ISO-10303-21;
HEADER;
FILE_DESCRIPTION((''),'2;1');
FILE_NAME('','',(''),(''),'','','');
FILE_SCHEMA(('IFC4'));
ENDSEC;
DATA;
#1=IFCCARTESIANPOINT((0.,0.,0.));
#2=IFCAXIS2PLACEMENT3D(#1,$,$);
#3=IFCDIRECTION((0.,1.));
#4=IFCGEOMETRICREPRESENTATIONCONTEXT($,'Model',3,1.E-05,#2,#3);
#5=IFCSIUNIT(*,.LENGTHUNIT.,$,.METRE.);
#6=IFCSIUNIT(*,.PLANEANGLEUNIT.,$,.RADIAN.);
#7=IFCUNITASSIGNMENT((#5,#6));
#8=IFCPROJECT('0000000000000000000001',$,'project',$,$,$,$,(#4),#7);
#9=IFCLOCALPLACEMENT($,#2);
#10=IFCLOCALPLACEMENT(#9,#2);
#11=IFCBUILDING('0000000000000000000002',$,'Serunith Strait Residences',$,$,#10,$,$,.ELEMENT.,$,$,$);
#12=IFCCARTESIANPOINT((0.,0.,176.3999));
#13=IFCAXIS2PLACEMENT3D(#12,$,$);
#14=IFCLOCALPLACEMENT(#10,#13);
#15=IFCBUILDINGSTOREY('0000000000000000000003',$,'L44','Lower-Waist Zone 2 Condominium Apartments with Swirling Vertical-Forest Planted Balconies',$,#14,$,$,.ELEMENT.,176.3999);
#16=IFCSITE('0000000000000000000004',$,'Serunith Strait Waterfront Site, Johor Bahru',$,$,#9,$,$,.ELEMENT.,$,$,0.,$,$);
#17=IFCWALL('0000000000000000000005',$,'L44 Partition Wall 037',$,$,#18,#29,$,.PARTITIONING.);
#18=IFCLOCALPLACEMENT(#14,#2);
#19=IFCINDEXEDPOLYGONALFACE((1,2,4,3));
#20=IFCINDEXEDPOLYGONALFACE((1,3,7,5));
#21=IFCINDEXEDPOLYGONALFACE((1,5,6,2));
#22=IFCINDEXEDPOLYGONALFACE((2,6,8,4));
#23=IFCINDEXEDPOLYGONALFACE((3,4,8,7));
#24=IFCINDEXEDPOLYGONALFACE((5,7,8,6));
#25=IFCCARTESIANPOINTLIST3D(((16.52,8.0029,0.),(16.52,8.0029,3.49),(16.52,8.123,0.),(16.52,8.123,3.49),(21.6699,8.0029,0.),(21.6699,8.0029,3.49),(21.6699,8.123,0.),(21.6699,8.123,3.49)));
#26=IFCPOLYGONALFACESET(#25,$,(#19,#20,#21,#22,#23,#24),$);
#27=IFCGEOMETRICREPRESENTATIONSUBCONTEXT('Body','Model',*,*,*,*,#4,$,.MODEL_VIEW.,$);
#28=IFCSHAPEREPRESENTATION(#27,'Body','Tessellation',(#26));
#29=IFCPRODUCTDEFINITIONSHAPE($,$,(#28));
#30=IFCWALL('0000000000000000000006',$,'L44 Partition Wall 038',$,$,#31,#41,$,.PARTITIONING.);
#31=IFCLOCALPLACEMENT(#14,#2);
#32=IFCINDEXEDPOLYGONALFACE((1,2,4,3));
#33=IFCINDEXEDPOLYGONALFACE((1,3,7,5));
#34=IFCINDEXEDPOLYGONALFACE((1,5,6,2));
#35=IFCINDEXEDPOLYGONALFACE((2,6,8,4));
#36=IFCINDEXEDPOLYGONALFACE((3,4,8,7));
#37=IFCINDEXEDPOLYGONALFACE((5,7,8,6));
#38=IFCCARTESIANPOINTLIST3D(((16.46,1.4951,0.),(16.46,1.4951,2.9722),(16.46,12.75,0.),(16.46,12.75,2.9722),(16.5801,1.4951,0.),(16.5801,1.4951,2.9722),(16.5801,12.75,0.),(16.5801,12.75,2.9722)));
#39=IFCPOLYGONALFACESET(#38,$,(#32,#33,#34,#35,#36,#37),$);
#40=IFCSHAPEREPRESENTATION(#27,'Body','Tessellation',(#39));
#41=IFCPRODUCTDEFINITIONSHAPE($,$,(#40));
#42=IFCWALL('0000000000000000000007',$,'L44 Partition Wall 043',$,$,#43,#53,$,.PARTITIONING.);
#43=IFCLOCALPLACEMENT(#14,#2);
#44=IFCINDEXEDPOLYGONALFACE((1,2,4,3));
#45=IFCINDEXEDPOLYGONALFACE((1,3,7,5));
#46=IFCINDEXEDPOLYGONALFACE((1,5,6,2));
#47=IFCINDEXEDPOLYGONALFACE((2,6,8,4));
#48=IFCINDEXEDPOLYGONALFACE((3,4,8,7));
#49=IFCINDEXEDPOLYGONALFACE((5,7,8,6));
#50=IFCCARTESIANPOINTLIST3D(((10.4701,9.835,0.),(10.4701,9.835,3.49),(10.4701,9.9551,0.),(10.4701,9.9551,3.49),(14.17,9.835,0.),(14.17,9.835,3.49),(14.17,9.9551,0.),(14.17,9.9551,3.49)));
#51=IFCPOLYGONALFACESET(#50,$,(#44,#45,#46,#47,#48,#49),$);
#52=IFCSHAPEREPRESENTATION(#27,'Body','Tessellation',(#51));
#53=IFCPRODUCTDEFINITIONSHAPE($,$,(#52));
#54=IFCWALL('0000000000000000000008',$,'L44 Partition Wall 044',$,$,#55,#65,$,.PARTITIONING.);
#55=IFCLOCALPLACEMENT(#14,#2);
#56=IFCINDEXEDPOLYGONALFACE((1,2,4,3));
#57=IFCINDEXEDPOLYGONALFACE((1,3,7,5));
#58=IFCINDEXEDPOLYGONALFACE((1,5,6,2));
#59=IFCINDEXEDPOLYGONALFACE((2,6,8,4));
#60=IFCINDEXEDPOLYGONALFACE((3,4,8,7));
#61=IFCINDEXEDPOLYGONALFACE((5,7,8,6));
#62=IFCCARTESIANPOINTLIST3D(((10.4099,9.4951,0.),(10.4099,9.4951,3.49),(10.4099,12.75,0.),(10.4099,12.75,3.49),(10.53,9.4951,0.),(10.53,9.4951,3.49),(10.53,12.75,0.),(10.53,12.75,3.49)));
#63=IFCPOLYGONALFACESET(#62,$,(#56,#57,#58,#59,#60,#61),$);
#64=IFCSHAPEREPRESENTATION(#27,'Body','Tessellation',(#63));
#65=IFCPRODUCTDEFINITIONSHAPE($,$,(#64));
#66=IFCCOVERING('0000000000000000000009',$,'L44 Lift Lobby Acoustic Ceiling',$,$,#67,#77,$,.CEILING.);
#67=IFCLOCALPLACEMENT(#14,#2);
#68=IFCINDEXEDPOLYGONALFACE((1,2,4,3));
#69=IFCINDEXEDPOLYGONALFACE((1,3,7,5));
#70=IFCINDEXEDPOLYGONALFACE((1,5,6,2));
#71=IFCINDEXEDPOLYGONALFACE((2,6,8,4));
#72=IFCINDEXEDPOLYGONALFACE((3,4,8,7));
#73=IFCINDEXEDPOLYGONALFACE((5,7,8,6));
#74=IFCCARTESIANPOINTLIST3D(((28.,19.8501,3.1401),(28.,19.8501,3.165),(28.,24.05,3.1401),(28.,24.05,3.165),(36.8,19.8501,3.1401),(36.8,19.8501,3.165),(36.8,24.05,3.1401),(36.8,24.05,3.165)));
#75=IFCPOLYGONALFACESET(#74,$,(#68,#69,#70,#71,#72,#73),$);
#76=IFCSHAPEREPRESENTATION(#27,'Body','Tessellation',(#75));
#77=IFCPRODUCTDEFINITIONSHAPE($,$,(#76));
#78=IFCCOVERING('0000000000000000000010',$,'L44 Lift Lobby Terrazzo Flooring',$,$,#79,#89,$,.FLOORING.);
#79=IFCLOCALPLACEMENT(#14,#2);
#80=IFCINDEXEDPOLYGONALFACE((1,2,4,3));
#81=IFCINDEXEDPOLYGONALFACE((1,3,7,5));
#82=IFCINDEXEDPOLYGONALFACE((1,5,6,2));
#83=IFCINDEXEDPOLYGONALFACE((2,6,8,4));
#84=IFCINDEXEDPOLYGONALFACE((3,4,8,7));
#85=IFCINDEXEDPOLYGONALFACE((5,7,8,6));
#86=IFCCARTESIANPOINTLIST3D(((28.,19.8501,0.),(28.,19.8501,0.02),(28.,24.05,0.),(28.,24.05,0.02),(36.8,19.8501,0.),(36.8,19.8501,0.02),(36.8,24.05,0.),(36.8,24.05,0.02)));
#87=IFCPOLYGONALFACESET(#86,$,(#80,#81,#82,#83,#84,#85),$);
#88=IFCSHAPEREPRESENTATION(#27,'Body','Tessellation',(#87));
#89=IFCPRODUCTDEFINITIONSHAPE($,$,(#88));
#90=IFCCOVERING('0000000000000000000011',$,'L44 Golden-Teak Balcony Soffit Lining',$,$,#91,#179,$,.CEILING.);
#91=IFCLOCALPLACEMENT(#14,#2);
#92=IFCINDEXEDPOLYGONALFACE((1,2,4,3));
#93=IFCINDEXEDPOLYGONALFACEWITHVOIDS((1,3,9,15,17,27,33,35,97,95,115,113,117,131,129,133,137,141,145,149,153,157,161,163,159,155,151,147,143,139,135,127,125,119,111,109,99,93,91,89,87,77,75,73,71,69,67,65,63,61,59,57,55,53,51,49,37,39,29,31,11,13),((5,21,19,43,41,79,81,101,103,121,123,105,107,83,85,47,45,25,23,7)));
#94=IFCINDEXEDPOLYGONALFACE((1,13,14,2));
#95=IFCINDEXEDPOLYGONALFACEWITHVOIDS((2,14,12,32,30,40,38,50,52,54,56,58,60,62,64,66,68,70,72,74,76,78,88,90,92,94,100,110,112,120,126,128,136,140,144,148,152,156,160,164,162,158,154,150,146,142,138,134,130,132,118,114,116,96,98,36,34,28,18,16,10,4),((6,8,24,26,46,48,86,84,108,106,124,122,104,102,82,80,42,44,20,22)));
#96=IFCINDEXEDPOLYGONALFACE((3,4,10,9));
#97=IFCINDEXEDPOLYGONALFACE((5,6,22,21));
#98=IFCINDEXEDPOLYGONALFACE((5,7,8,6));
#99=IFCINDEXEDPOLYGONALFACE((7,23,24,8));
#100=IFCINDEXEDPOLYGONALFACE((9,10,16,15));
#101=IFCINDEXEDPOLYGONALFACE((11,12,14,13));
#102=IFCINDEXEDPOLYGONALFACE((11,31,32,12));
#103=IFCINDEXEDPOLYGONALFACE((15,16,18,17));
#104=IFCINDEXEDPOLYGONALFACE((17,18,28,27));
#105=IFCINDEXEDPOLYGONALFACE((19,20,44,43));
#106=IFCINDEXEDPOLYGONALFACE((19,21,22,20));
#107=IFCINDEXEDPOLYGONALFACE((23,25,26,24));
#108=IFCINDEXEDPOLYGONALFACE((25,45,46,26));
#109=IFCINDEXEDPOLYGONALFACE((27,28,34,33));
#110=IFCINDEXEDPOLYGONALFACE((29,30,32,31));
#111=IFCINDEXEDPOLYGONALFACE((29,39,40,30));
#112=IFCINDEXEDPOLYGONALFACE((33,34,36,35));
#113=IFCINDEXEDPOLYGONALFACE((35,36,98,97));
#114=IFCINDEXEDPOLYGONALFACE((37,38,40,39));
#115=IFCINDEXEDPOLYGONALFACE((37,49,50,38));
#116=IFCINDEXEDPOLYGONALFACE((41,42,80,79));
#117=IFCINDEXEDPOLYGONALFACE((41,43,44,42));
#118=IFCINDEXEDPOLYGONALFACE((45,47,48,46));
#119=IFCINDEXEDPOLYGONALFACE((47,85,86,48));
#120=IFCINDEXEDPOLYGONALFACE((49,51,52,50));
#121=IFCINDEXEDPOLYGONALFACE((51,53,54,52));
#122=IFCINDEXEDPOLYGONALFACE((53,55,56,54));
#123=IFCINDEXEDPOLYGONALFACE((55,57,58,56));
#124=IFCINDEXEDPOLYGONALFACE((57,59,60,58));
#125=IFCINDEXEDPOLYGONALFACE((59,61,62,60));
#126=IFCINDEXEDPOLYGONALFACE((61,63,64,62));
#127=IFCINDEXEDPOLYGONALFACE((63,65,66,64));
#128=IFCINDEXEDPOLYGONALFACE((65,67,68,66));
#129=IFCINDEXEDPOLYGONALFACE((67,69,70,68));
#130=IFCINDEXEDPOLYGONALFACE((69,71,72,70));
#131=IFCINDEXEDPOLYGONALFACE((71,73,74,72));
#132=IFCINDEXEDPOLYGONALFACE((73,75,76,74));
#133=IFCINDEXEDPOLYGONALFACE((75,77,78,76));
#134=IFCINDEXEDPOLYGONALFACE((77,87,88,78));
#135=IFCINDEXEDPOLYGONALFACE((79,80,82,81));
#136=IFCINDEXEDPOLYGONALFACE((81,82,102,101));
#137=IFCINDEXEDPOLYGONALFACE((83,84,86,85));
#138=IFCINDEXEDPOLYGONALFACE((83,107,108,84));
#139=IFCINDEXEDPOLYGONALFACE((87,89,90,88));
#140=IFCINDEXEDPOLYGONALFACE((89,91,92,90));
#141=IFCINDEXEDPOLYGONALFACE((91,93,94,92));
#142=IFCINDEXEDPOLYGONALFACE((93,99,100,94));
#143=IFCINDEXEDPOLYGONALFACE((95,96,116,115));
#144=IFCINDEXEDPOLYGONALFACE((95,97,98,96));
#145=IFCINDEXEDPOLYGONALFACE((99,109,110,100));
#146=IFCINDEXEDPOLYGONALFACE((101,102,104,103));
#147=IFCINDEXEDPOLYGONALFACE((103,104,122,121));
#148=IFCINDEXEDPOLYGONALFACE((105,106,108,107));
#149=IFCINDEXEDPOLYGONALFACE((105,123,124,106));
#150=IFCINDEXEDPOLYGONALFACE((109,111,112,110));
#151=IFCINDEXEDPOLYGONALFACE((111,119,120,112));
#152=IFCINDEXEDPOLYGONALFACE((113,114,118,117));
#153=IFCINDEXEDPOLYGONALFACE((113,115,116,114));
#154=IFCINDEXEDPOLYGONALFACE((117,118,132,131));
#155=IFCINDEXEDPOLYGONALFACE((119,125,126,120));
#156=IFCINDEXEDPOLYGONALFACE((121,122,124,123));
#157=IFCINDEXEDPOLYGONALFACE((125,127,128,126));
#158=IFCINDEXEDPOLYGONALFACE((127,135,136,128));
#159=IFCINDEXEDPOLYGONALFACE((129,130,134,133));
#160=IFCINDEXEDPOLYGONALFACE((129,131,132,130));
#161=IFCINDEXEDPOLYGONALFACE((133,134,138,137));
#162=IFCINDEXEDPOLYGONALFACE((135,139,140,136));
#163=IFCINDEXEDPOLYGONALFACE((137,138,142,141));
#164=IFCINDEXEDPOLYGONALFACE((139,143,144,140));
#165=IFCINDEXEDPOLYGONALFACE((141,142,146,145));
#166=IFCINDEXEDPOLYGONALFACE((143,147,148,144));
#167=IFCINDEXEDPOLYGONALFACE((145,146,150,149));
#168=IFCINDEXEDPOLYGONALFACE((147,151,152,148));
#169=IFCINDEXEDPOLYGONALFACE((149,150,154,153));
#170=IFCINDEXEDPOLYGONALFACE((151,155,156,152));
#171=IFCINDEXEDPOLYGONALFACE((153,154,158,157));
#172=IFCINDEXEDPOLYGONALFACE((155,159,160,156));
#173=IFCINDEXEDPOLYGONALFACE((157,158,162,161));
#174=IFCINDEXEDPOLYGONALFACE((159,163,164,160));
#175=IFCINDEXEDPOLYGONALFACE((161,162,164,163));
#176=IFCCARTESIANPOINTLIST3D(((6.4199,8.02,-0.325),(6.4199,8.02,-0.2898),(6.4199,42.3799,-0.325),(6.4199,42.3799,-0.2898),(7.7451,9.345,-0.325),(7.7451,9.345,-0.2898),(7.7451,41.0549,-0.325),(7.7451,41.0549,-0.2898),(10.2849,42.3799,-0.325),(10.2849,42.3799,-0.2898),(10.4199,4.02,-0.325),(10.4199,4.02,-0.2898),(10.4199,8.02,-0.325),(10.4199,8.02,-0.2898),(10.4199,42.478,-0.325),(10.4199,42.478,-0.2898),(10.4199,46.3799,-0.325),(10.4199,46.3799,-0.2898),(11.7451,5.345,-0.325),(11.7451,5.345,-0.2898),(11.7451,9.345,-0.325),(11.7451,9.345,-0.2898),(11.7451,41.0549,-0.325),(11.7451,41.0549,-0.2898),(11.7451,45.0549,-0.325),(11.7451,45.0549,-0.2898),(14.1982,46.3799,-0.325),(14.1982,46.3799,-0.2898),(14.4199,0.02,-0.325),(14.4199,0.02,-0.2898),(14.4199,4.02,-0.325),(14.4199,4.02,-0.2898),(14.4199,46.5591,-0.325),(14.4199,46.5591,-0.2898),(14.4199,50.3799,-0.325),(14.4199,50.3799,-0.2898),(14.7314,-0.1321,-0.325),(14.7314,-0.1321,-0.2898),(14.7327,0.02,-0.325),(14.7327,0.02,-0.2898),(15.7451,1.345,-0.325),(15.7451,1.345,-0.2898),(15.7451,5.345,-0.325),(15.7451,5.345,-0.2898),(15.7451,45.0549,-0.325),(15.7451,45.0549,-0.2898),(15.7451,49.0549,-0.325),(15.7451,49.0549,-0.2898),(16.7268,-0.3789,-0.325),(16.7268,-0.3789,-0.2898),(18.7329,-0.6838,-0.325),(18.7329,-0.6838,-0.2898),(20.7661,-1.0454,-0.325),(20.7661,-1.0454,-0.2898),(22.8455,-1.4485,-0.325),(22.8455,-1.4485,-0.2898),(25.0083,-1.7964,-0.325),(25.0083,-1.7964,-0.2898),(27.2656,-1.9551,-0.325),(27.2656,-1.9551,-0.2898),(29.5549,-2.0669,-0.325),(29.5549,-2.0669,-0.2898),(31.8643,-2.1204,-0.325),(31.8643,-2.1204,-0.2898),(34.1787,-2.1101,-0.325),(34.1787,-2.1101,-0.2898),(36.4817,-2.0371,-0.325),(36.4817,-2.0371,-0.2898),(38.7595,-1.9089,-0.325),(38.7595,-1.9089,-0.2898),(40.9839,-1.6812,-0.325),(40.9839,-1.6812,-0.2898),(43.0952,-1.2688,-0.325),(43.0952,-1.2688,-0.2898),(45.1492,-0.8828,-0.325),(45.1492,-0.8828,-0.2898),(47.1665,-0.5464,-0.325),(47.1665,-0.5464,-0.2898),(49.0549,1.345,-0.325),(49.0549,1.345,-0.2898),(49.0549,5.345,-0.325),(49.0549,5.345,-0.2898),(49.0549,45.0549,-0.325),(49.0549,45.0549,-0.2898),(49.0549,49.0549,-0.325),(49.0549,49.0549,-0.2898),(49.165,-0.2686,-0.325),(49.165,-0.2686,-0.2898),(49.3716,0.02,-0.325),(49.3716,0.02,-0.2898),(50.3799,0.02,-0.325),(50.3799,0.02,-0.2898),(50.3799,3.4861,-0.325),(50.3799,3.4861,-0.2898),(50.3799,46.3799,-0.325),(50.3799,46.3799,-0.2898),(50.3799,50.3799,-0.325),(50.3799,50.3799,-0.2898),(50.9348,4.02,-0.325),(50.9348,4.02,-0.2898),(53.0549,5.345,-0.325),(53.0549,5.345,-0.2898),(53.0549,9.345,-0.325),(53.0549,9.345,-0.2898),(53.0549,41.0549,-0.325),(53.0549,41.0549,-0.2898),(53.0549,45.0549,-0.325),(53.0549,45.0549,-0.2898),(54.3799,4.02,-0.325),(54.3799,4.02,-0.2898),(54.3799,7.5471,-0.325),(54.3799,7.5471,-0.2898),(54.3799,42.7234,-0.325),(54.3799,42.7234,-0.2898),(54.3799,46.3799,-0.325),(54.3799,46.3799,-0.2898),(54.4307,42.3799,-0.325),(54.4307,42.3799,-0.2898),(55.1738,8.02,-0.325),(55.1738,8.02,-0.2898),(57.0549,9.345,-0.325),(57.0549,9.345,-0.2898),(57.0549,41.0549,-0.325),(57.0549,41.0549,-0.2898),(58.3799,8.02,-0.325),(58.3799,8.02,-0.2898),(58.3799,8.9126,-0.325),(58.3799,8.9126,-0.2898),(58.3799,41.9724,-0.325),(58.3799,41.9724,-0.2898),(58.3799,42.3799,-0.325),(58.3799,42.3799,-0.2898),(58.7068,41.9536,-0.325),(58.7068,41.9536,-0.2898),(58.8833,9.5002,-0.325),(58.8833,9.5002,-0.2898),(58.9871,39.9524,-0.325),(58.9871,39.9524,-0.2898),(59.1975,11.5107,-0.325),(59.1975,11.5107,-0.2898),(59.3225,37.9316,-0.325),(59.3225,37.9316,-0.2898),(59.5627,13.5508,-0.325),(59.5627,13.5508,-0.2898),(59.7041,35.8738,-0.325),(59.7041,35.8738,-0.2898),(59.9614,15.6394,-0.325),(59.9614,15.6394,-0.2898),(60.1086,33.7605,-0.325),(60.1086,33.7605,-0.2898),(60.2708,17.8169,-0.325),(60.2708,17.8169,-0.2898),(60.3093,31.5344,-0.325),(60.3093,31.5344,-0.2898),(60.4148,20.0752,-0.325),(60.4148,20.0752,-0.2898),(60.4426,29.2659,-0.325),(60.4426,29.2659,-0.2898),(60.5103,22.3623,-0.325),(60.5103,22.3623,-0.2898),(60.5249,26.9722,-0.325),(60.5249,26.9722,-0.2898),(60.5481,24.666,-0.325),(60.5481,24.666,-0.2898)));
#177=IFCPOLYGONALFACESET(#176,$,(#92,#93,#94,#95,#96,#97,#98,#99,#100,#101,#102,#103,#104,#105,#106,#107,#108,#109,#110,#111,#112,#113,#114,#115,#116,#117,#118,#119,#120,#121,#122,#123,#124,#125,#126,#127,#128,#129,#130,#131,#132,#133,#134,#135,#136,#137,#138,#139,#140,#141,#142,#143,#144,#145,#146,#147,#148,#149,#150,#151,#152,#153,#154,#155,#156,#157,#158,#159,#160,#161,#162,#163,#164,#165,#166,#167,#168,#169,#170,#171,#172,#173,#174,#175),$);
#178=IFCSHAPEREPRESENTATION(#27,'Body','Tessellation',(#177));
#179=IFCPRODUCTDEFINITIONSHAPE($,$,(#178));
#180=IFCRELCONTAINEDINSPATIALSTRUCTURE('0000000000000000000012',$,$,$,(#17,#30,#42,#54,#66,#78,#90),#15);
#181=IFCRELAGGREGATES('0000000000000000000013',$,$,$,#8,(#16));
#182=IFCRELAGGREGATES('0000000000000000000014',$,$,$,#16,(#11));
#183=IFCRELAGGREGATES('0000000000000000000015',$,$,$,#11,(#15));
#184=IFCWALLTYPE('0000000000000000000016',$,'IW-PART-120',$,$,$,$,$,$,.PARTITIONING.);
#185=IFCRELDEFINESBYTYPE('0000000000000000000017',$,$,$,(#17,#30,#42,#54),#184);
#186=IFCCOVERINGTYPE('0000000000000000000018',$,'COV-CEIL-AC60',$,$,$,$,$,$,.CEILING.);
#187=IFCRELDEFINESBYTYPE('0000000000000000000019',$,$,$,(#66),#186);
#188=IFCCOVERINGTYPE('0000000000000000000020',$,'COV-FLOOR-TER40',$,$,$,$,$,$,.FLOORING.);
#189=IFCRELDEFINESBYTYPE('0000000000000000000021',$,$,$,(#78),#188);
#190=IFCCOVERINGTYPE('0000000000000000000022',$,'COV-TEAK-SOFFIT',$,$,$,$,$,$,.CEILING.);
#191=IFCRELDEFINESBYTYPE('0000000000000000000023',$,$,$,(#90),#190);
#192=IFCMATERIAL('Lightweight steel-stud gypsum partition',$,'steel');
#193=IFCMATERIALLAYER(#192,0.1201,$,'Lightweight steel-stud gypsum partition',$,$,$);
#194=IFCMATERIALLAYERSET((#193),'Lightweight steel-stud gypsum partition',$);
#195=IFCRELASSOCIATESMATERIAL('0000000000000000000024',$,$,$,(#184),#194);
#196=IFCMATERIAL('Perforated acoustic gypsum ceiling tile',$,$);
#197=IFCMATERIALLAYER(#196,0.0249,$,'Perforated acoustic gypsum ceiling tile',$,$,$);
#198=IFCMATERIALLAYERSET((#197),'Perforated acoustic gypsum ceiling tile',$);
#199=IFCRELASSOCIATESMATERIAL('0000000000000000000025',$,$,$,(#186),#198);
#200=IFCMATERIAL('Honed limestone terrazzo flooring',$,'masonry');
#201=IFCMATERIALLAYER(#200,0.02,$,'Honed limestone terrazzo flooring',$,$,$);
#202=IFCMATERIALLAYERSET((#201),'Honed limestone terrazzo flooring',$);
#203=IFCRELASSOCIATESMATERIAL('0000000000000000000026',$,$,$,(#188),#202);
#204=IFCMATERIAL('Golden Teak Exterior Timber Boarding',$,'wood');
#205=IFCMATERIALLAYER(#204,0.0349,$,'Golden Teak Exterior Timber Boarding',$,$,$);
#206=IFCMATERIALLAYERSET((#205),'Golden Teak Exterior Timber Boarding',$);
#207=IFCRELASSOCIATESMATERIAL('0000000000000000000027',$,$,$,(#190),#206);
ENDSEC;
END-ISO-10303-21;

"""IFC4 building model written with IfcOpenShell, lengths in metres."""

from ifc_helpers import new_model, si_unit, direction, frame, frame_2d, origin, place, context, subcontext, project, spatial, polyline, rectangle, outline, extrude, material, layer, layer_set, type_object, element, save


model = new_model("IFC4")

# Units and contexts
model_context = context("Model", 3, precision=1e-05, world=origin(), true_north=direction((0.0, 1.0)))
body_context = subcontext(model_context, "Body", "Model", "MODEL_VIEW")
ifc_project = project(units=[si_unit("LENGTHUNIT", "METRE"), si_unit("PLANEANGLEUNIT", "RADIAN")], contexts=[model_context])

# Site, building, storey
site_placement = place(None, origin())
site = spatial("IfcSite", under=ifc_project, at=site_placement, Name="Serunith Strait Waterfront Site, Johor Bahru", CompositionType="ELEMENT", RefElevation=0.0)
building_placement = place(site_placement, origin())
building = spatial("IfcBuilding", under=site, at=building_placement, Name="Serunith Strait Residences", CompositionType="ELEMENT")
storey_placement = place(building_placement, frame((0.0, 0.0, 176.3999)))
storey = spatial("IfcBuildingStorey", under=building, at=storey_placement, Name="L44", Description="Lower-Waist Zone 2 Condominium Apartments with Swirling Vertical-Forest Planted Balconies", CompositionType="ELEMENT", Elevation=176.3999)

# Walls
ifc_material_1 = material(Name="Lightweight steel-stud gypsum partition", Category="steel")
ifc_layer_1 = layer(ifc_material_1, 0.1201, Name="Lightweight steel-stud gypsum partition")
ifc_layer_set_1 = layer_set([ifc_layer_1], Name="Lightweight steel-stud gypsum partition")
wall_type_1 = type_object("IfcWallType", Name="IW-PART-120", PredefinedType="PARTITIONING", material=ifc_layer_set_1)
wall_1_placement = place(storey_placement, frame((16.52, 8.063, 0.0), z_axis=(0.0, 0.0, 1.0), x_axis=(1.0, 0.0, 0.0)))
element("IfcWall", 1, at=wall_1_placement, inside=storey, type_object=wall_type_1, Name="L44 Partition Wall 037", PredefinedType="PARTITIONING", context=body_context, shape_type="SweptSolid", body=[
    extrude(rectangle(XDim=5.1499, YDim=0.1201, at=frame_2d((2.575, 0.0))), origin(), (0.0, 0.0, 1.0), 3.49),
])
wall_2_placement = place(storey_placement, frame((16.52, 1.4951, 0.0), z_axis=(0.0, 0.0, 1.0), x_axis=(0.0, 1.0, 0.0)))
element("IfcWall", 2, at=wall_2_placement, inside=storey, type_object=wall_type_1, Name="L44 Partition Wall 038", PredefinedType="PARTITIONING", context=body_context, shape_type="SweptSolid", body=[
    extrude(rectangle(XDim=11.2549, YDim=0.1201, at=frame_2d((5.6274, 0.0))), origin(), (0.0, 0.0, 1.0), 2.9722),
])
wall_3_placement = place(storey_placement, frame((10.47, 9.895, 0.0), z_axis=(0.0, 0.0, 1.0), x_axis=(1.0, 0.0, 0.0)))
element("IfcWall", 3, at=wall_3_placement, inside=storey, type_object=wall_type_1, Name="L44 Partition Wall 043", PredefinedType="PARTITIONING", context=body_context, shape_type="SweptSolid", body=[
    extrude(rectangle(XDim=3.7, YDim=0.1201, at=frame_2d((1.8501, 0.0))), origin(), (0.0, 0.0, 1.0), 3.49),
])
wall_4_placement = place(storey_placement, frame((10.47, 9.4951, 0.0), z_axis=(0.0, 0.0, 1.0), x_axis=(0.0, 1.0, 0.0)))
element("IfcWall", 4, at=wall_4_placement, inside=storey, type_object=wall_type_1, Name="L44 Partition Wall 044", PredefinedType="PARTITIONING", context=body_context, shape_type="SweptSolid", body=[
    extrude(rectangle(XDim=3.2549, YDim=0.1201, at=frame_2d((1.6274, 0.0))), origin(), (0.0, 0.0, 1.0), 3.49),
])

# Coverings
ifc_material_2 = material(Name="Perforated acoustic gypsum ceiling tile")
ifc_layer_2 = layer(ifc_material_2, 0.0249, Name="Perforated acoustic gypsum ceiling tile")
ifc_layer_set_2 = layer_set([ifc_layer_2], Name="Perforated acoustic gypsum ceiling tile")
covering_type_1 = type_object("IfcCoveringType", Name="COV-CEIL-AC60", PredefinedType="CEILING", material=ifc_layer_set_2)
covering_1_placement = place(storey_placement, frame((0.0, 0.0, 3.1401)))
element("IfcCovering", 5, at=covering_1_placement, inside=storey, type_object=covering_type_1, Name="L44 Lift Lobby Acoustic Ceiling", PredefinedType="CEILING", context=body_context, shape_type="SweptSolid", body=[
    extrude(outline(polyline([(28.0, 19.8501), (36.8, 19.8501), (36.8, 24.05), (28.0, 24.05), (28.0, 19.8501)])), origin(), (0.0, 0.0, 1.0), 0.0249),
])
ifc_material_3 = material(Name="Honed limestone terrazzo flooring", Category="masonry")
ifc_layer_3 = layer(ifc_material_3, 0.02, Name="Honed limestone terrazzo flooring")
ifc_layer_set_3 = layer_set([ifc_layer_3], Name="Honed limestone terrazzo flooring")
covering_type_2 = type_object("IfcCoveringType", Name="COV-FLOOR-TER40", PredefinedType="FLOORING", material=ifc_layer_set_3)
covering_2_placement = place(storey_placement, origin())
element("IfcCovering", 6, at=covering_2_placement, inside=storey, type_object=covering_type_2, Name="L44 Lift Lobby Terrazzo Flooring", PredefinedType="FLOORING", context=body_context, shape_type="SweptSolid", body=[
    extrude(outline(polyline([(28.0, 19.8501), (36.8, 19.8501), (36.8, 24.05), (28.0, 24.05), (28.0, 19.8501)])), origin(), (0.0, 0.0, 1.0), 0.02),
])
ifc_material_4 = material(Name="Golden Teak Exterior Timber Boarding", Category="wood")
ifc_layer_4 = layer(ifc_material_4, 0.0349, Name="Golden Teak Exterior Timber Boarding")
ifc_layer_set_4 = layer_set([ifc_layer_4], Name="Golden Teak Exterior Timber Boarding")
covering_type_3 = type_object("IfcCoveringType", Name="COV-TEAK-SOFFIT", PredefinedType="CEILING", material=ifc_layer_set_4)
covering_3_placement = place(storey_placement, frame((0.0, 0.0, -0.325)))
element("IfcCovering", 7, at=covering_3_placement, inside=storey, type_object=covering_type_3, Name="L44 Golden-Teak Balcony Soffit Lining", PredefinedType="CEILING", context=body_context, shape_type="SweptSolid", body=[
    extrude(outline(polyline([(14.4199, 0.02), (14.4199, 4.02), (10.4199, 4.02), (10.4199, 8.02), (6.4199, 8.02), (6.4199, 42.3799), (10.2849, 42.3799), (10.4199, 42.478), (10.4199, 46.3799), (14.1982, 46.3799), (14.4199, 46.5591), (14.4199, 50.3799), (50.3799, 50.3799), (50.3799, 46.3799), (54.3799, 46.3799), (54.3799, 42.7234), (54.4307, 42.3799), (58.3799, 42.3799), (58.3799, 41.9724), (58.7068, 41.9536), (58.9871, 39.9524), (59.3225, 37.9316), (59.7041, 35.8738), (60.1086, 33.7605), (60.3093, 31.5344), (60.4426, 29.2659), (60.5249, 26.9722), (60.5481, 24.666), (60.5103, 22.3623), (60.4148, 20.0752), (60.2708, 17.8169), (59.9614, 15.6394), (59.5627, 13.5508), (59.1975, 11.5107), (58.8833, 9.5002), (58.3799, 8.9126), (58.3799, 8.02), (55.1738, 8.02), (54.3799, 7.5471), (54.3799, 4.02), (50.9348, 4.02), (50.3799, 3.4861), (50.3799, 0.02), (49.3716, 0.02), (49.165, -0.2686), (47.1665, -0.5464), (45.1492, -0.8828), (43.0952, -1.2688), (40.9839, -1.6812), (38.7595, -1.9089), (36.4817, -2.0371), (34.1787, -2.1101), (31.8643, -2.1204), (29.5549, -2.0669), (27.2656, -1.9551), (25.0083, -1.7964), (22.8455, -1.4485), (20.7661, -1.0454), (18.7329, -0.6838), (16.7268, -0.3789), (14.7314, -0.1321), (14.7327, 0.02), (14.4199, 0.02)]), holes=[polyline([(49.0549, 1.345), (49.0549, 5.345), (53.0549, 5.345), (53.0549, 9.345), (57.0549, 9.345), (57.0549, 41.0549), (53.0549, 41.0549), (53.0549, 45.0549), (49.0549, 45.0549), (49.0549, 49.0549), (15.7451, 49.0549), (15.7451, 45.0549), (11.7451, 45.0549), (11.7451, 41.0549), (7.7451, 41.0549), (7.7451, 9.345), (11.7451, 9.345), (11.7451, 5.345), (15.7451, 5.345), (15.7451, 1.345), (49.0549, 1.345)])]), origin(), (0.0, 0.0, 1.0), 0.0352),
])

save(model, "model.ifc")
